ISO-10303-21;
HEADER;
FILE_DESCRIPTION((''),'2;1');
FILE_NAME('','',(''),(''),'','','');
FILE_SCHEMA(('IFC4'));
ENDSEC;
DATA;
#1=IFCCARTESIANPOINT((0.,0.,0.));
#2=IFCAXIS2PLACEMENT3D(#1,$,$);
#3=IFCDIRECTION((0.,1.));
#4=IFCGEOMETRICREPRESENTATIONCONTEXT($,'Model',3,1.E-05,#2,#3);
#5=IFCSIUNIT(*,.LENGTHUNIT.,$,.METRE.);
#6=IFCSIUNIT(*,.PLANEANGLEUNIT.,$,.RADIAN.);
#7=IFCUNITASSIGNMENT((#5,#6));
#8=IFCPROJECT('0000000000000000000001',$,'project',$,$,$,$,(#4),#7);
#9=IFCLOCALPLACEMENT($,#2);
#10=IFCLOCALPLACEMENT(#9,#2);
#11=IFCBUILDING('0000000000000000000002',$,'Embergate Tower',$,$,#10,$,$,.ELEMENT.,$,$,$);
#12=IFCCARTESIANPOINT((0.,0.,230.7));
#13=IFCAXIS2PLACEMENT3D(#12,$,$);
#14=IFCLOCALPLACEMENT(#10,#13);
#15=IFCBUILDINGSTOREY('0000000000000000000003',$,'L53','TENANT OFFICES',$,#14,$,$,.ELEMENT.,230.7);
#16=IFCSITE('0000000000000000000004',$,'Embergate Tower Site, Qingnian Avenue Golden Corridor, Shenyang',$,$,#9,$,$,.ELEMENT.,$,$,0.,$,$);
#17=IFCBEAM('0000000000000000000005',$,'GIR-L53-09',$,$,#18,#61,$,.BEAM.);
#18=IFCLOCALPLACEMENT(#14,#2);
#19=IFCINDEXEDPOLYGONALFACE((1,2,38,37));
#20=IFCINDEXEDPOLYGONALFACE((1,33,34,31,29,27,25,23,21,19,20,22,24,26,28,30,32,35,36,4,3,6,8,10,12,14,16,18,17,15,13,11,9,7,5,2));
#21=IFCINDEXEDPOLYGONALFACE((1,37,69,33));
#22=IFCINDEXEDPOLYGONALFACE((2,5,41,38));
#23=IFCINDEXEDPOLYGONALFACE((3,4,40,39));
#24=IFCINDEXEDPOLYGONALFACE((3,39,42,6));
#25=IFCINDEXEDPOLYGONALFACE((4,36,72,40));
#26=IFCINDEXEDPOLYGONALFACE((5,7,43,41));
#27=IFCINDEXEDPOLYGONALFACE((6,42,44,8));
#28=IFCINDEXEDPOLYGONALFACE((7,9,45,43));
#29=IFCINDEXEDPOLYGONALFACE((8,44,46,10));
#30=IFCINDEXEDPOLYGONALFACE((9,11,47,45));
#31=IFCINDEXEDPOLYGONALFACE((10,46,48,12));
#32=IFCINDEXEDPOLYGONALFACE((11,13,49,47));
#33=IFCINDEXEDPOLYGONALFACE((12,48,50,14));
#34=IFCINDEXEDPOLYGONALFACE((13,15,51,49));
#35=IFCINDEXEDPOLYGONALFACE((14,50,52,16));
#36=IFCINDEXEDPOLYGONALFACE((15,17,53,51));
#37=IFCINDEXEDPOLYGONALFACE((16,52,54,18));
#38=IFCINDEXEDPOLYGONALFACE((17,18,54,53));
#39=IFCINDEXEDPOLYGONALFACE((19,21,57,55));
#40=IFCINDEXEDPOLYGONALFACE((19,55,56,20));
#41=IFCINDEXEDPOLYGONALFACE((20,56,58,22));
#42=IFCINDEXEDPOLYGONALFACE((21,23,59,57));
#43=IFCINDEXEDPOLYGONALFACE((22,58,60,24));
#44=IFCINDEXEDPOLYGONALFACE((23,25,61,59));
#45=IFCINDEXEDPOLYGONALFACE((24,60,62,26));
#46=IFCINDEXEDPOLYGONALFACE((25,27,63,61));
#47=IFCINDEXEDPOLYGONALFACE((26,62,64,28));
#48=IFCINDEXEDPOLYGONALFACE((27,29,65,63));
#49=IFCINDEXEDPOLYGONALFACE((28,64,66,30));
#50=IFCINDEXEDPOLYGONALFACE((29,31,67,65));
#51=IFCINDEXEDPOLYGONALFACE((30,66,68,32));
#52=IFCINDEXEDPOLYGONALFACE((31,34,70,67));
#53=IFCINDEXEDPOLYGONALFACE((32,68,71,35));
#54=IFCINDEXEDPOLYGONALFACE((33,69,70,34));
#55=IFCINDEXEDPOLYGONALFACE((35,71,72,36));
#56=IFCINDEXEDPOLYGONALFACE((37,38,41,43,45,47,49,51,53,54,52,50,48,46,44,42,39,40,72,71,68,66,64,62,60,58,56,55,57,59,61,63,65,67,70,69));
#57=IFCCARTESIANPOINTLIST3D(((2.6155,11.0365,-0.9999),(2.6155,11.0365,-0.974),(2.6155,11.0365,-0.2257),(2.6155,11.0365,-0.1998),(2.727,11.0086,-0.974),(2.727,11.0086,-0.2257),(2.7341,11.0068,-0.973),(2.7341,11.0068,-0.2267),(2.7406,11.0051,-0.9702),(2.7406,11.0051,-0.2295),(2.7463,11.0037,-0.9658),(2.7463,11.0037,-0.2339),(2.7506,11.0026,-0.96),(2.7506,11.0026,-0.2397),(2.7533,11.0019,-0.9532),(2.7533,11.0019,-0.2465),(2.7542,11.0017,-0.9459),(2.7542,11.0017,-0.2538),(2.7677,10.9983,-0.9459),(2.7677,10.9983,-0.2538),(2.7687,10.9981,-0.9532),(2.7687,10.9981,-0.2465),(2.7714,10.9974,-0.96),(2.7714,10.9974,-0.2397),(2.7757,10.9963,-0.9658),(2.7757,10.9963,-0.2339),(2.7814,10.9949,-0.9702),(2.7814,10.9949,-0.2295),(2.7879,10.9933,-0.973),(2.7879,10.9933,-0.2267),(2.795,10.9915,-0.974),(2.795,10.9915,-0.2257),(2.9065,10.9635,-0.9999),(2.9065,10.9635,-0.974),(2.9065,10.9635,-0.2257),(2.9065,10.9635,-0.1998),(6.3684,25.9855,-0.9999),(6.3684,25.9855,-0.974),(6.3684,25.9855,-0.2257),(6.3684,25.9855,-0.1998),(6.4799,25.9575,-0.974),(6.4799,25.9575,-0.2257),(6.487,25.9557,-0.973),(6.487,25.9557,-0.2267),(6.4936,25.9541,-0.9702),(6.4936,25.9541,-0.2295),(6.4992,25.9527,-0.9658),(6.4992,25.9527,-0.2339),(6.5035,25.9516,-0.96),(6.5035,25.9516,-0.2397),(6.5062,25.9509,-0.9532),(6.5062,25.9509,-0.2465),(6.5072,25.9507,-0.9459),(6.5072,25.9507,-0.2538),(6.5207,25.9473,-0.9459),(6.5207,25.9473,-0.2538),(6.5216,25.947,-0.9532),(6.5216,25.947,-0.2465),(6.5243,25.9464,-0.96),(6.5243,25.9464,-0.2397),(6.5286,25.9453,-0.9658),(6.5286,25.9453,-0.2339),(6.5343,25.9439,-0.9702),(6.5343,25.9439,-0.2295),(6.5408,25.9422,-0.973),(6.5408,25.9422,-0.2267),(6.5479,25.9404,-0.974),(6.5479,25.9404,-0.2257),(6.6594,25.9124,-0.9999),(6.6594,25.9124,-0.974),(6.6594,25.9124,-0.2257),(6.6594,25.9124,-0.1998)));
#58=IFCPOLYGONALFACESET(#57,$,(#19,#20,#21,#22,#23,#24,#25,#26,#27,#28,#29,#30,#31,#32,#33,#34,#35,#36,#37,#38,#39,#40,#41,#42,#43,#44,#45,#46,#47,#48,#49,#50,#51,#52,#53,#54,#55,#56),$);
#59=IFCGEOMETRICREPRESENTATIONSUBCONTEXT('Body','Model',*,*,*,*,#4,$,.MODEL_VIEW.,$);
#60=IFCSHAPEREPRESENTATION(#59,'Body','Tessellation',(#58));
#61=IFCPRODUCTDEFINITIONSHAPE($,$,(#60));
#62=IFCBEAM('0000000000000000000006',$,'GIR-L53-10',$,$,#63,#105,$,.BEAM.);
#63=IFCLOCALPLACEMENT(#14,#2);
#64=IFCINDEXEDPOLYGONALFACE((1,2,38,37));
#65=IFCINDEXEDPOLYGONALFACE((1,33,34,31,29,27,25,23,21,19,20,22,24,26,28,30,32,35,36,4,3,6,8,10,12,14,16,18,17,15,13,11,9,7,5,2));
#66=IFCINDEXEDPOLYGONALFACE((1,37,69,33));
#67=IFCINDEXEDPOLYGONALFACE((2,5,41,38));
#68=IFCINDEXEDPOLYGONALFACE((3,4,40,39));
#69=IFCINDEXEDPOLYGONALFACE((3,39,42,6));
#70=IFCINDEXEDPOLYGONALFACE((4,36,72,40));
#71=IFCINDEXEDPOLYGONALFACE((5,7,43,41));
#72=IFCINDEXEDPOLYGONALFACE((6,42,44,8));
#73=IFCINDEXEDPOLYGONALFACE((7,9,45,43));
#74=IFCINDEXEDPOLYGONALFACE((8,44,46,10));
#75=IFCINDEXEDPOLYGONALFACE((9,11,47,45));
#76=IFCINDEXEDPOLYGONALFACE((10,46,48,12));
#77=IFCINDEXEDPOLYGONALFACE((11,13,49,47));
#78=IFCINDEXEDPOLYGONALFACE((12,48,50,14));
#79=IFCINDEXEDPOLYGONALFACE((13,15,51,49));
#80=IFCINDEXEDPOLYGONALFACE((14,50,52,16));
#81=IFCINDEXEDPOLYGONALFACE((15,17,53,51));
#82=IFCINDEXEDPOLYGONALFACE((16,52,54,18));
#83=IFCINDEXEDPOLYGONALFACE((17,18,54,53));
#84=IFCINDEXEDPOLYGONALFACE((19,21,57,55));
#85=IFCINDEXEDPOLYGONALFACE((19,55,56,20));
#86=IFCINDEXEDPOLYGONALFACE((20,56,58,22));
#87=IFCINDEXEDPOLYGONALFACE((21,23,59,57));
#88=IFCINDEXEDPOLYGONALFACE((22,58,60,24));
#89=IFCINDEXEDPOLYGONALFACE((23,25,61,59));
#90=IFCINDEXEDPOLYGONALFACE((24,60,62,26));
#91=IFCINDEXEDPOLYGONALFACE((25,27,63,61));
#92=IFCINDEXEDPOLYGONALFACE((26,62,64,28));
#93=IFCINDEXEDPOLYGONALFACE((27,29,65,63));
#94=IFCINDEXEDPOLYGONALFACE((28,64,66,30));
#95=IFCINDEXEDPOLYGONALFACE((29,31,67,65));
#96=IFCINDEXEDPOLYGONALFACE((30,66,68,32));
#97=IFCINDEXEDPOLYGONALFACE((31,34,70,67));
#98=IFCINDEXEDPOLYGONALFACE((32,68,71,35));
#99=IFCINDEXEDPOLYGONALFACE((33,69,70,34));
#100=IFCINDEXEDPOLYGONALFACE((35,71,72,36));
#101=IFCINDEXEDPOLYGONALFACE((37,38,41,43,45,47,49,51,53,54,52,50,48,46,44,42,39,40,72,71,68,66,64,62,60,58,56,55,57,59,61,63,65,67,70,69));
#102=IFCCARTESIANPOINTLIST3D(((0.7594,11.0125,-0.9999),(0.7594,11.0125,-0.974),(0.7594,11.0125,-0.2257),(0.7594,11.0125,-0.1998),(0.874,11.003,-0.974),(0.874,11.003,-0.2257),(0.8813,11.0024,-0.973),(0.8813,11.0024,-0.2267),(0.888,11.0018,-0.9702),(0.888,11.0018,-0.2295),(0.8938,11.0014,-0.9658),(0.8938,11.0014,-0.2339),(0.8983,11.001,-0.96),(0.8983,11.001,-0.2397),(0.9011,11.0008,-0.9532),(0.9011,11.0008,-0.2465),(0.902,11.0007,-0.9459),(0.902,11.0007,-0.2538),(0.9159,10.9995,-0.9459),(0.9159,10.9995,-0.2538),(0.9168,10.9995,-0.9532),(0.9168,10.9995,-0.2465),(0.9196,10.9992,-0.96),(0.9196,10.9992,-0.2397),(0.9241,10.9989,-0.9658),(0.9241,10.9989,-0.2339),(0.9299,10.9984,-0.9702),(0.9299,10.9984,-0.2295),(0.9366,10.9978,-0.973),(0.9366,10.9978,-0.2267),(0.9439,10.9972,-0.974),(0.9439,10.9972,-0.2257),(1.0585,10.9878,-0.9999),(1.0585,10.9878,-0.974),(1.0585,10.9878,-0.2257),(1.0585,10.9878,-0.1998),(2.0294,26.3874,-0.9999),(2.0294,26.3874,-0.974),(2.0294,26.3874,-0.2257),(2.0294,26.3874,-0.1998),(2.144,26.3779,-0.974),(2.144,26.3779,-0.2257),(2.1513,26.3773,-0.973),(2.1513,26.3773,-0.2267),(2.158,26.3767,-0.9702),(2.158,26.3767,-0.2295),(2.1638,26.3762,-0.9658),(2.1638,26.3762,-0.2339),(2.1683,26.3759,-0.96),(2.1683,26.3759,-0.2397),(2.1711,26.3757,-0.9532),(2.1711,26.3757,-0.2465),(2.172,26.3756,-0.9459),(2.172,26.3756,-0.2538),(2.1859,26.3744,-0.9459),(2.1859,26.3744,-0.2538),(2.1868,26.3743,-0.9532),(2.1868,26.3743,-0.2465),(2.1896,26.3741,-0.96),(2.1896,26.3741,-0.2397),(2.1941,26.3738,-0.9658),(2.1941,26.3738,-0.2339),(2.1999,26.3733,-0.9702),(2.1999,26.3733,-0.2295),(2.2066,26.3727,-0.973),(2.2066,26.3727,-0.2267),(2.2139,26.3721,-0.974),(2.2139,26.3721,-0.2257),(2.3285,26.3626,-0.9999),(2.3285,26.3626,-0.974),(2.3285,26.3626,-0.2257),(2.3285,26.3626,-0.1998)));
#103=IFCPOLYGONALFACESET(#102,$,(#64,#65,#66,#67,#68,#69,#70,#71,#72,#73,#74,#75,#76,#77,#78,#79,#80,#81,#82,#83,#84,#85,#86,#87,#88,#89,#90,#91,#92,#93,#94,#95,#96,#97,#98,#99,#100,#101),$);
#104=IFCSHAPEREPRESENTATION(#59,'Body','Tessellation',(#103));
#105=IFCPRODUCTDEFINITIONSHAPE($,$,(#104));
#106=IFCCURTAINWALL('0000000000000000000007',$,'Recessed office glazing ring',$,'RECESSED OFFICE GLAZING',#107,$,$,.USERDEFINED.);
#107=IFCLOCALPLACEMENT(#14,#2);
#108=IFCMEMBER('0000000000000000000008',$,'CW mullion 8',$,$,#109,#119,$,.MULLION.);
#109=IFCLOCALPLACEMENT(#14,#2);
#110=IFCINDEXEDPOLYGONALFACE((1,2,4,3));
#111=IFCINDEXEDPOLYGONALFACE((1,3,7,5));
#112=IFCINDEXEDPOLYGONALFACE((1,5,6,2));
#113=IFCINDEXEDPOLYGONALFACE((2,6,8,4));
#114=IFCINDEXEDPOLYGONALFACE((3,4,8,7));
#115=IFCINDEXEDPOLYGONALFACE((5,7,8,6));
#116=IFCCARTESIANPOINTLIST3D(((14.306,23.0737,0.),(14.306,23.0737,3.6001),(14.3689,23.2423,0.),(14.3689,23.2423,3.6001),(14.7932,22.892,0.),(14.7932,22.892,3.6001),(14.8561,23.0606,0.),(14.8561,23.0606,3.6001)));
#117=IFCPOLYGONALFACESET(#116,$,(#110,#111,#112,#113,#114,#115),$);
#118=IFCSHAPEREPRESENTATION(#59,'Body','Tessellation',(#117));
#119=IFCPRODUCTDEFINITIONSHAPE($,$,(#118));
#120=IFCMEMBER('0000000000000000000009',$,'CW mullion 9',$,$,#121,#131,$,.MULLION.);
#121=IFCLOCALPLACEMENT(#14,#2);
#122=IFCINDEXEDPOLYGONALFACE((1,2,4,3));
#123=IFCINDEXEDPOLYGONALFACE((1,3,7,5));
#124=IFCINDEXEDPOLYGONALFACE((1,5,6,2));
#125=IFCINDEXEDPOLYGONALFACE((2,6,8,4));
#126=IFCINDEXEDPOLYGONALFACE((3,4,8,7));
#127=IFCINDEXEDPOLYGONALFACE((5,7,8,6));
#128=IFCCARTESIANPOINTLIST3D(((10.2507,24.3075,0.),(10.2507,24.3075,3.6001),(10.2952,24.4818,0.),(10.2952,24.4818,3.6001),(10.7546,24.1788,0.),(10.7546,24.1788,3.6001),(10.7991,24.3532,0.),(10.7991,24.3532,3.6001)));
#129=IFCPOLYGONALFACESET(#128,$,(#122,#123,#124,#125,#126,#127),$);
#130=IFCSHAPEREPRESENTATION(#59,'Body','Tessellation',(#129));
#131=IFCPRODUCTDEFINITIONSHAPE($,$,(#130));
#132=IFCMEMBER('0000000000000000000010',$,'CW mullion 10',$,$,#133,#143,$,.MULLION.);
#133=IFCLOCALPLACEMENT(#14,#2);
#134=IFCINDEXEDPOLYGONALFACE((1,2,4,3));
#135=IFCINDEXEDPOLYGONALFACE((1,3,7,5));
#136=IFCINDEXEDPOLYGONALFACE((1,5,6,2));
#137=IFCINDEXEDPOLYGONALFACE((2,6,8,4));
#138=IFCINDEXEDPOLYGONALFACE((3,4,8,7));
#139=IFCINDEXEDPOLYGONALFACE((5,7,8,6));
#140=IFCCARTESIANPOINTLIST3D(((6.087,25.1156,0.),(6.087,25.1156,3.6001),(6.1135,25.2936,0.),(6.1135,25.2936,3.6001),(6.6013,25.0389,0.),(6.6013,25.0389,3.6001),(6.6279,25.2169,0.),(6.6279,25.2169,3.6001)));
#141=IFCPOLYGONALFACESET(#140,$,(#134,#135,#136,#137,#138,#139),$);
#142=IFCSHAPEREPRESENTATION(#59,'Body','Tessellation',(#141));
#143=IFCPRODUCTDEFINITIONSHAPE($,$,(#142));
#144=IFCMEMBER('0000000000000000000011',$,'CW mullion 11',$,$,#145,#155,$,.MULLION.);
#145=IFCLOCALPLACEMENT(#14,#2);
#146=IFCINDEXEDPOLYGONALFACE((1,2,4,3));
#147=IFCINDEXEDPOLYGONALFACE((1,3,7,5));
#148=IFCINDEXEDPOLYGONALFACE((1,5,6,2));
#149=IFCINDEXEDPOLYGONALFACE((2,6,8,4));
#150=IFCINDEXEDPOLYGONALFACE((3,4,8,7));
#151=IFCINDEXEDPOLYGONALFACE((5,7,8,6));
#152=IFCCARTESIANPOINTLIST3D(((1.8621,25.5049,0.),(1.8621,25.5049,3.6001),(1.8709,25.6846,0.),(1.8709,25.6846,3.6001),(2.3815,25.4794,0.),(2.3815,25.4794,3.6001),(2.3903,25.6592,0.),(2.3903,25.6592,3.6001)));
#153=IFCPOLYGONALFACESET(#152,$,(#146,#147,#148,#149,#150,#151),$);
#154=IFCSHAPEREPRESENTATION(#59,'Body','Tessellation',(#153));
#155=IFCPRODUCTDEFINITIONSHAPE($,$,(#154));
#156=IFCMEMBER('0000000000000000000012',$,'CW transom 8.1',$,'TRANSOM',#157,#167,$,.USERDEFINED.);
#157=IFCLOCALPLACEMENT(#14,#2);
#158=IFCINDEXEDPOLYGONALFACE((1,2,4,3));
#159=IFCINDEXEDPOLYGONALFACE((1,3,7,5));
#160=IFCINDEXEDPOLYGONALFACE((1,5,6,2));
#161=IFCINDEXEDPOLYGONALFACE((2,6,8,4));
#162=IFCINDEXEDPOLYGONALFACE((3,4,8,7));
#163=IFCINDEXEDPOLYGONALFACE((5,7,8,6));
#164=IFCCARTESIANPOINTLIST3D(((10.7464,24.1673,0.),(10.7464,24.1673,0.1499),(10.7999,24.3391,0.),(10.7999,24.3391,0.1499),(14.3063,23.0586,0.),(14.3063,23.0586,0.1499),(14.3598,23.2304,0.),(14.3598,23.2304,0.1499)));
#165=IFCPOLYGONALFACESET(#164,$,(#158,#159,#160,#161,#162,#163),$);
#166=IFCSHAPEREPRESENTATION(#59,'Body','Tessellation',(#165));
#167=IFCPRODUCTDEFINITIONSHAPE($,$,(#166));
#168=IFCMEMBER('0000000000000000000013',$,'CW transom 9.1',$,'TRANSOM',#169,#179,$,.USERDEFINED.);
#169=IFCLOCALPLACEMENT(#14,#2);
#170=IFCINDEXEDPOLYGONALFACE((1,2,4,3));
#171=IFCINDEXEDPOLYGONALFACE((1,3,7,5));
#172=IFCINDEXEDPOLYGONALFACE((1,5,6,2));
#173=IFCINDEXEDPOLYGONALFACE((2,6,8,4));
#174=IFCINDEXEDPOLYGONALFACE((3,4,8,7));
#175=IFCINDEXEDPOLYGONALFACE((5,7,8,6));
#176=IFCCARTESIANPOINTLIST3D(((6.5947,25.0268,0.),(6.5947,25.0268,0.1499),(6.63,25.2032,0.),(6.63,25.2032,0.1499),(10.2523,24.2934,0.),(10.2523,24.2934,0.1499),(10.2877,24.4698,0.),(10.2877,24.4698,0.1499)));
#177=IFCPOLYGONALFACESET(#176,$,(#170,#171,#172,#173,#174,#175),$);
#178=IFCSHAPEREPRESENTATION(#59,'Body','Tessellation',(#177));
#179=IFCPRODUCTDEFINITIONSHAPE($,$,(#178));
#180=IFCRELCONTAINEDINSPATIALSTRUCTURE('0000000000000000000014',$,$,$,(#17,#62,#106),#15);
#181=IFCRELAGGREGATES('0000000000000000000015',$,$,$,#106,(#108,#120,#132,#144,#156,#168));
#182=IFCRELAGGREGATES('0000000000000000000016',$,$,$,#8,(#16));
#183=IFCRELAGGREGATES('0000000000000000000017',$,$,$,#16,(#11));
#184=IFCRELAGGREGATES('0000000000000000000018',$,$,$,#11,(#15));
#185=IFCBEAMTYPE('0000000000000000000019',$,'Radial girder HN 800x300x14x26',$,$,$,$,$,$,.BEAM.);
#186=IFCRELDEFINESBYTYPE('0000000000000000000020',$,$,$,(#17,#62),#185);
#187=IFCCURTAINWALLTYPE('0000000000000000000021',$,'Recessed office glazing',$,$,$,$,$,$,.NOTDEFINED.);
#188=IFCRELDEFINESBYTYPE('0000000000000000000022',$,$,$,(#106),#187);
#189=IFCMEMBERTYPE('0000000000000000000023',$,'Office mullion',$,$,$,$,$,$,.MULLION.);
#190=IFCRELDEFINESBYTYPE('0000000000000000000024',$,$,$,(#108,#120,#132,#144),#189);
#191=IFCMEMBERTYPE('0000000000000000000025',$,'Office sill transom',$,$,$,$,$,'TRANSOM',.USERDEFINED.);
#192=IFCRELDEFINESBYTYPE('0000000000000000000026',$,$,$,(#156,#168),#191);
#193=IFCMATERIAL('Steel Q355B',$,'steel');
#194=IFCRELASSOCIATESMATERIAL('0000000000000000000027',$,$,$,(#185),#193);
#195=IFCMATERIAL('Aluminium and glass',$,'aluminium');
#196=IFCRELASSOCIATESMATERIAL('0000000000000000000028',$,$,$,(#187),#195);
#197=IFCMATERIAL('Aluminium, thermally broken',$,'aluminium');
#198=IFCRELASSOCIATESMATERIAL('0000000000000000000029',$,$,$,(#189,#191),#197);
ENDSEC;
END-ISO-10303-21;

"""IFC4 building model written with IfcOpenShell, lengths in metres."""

from ifc_helpers import new_model, si_unit, direction, frame, origin, origin_2d, place, context, subcontext, project, spatial, rectangle, i_section, extrude, source, transform, mapped, material, material_profile, profile_set, type_object, element, aggregate, save


model = new_model("IFC4")

# Units and contexts
model_context = context("Model", 3, precision=1e-05, world=origin(), true_north=direction((0.0, 1.0)))
body_context = subcontext(model_context, "Body", "Model", "MODEL_VIEW")
ifc_project = project(units=[si_unit("LENGTHUNIT", "METRE"), si_unit("PLANEANGLEUNIT", "RADIAN")], contexts=[model_context])

# Site, building, storey
site_placement = place(None, origin())
site = spatial("IfcSite", under=ifc_project, at=site_placement, Name="Embergate Tower Site, Qingnian Avenue Golden Corridor, Shenyang", CompositionType="ELEMENT", RefElevation=0.0)
building_placement = place(site_placement, origin())
building = spatial("IfcBuilding", under=site, at=building_placement, Name="Embergate Tower", CompositionType="ELEMENT")
storey_placement = place(building_placement, frame((0.0, 0.0, 230.7)))
storey = spatial("IfcBuildingStorey", under=building, at=storey_placement, Name="L53", Description="TENANT OFFICES", CompositionType="ELEMENT", Elevation=230.7)

# Beams
ifc_material_1 = material(Name="Steel Q355B", Category="steel")
ifc_material_profile_1 = material_profile(ifc_material_1, i_section(OverallWidth=0.3, OverallDepth=0.8, WebThickness=0.0139, FlangeThickness=0.0259, FilletRadius=0.0281, at=origin_2d()), Name="HN 800x300x14x26")
ifc_profile_set_1 = profile_set([ifc_material_profile_1], Name="Steel Q355 grade B")
beam_type_1 = type_object("IfcBeamType", Name="Radial girder HN 800x300x14x26", PredefinedType="BEAM", material=ifc_profile_set_1)
shared_shape_1 = source(origin(), body_context, "Body", "SweptSolid", [
    extrude(i_section(OverallWidth=0.3, OverallDepth=0.8, WebThickness=0.0139, FlangeThickness=0.0259, FilletRadius=0.0281, at=origin_2d()), origin(), (0.0, 0.0, 1.0), 15.4128),
])
beam_1_placement = place(storey_placement, frame((6.5139, 25.949, -0.5999), z_axis=(-0.243493, -0.969903, 0.0), x_axis=(0.969903, -0.243493, 0.0)))
element("IfcBeam", 1, at=beam_1_placement, inside=storey, type_object=beam_type_1, Name="GIR-L53-09", PredefinedType="BEAM", context=body_context, shape_type="MappedRepresentation", body=[
    mapped(shared_shape_1, transform((0.0, 0.0, 0.0))),
])
shared_shape_2 = source(origin(), body_context, "Body", "SweptSolid", [
    extrude(i_section(OverallWidth=0.3, OverallDepth=0.8, WebThickness=0.0139, FlangeThickness=0.0259, FilletRadius=0.0281, at=origin_2d()), origin(), (0.0, 0.0, 1.0), 15.4272),
])
beam_2_placement = place(storey_placement, frame((2.179, 26.375, -0.5999), z_axis=(-0.082323, -0.996606, 0.0), x_axis=(0.996606, -0.082323, 0.0)))
element("IfcBeam", 2, at=beam_2_placement, inside=storey, type_object=beam_type_1, Name="GIR-L53-10", PredefinedType="BEAM", context=body_context, shape_type="MappedRepresentation", body=[
    mapped(shared_shape_2, transform((0.0, 0.0, 0.0))),
])

# Curtain wall, members
ifc_material_2 = material(Name="Aluminium and glass", Category="aluminium")
curtain_wall_type = type_object("IfcCurtainWallType", Name="Recessed office glazing", PredefinedType="NOTDEFINED", material=ifc_material_2)
curtain_wall_placement = place(storey_placement, origin())
curtain_wall = element("IfcCurtainWall", 3, at=curtain_wall_placement, inside=storey, type_object=curtain_wall_type, Name="Recessed office glazing ring", ObjectType="RECESSED OFFICE GLAZING", PredefinedType="USERDEFINED")
ifc_material_3 = material(Name="Aluminium, thermally broken", Category="aluminium")
ifc_material_profile_2 = material_profile(ifc_material_3, rectangle(XDim=0.1799, YDim=0.52, at=origin_2d()), Name="AL 520x180")
ifc_profile_set_2 = profile_set([ifc_material_profile_2], Name="Aluminium, thermally broken")
member_type_1 = type_object("IfcMemberType", Name="Office mullion", PredefinedType="MULLION", material=ifc_profile_set_2)
shared_shape_3 = source(origin(), body_context, "Body", "SweptSolid", [
    extrude(rectangle(XDim=0.1799, YDim=0.52, at=origin_2d()), origin(), (0.0, 0.0, 1.0), 3.6001),
])
member_1_placement = place(storey_placement, frame((14.5811, 23.0671, 0.0), z_axis=(0.0, 0.0, 1.0), x_axis=(-0.349493, -0.936939, 0.0)))
member_1 = element("IfcMember", 4, at=member_1_placement, type_object=member_type_1, Name="CW mullion 8", PredefinedType="MULLION", context=body_context, shape_type="MappedRepresentation", body=[
    mapped(shared_shape_3, transform((0.0, 0.0, 0.0))),
])
member_2_placement = place(storey_placement, frame((10.5249, 24.3303, 0.0), z_axis=(0.0, 0.0, 1.0), x_axis=(-0.247305, -0.968938, 0.0)))
member_2 = element("IfcMember", 5, at=member_2_placement, type_object=member_type_1, Name="CW mullion 9", PredefinedType="MULLION", context=body_context, shape_type="MappedRepresentation", body=[
    mapped(shared_shape_3, transform((0.0, 0.0, 0.0))),
])
member_3_placement = place(storey_placement, frame((6.3574, 25.1663, 0.0), z_axis=(0.0, 0.0, 1.0), x_axis=(-0.147407, -0.989076, 0.0)))
member_3 = element("IfcMember", 6, at=member_3_placement, type_object=member_type_1, Name="CW mullion 10", PredefinedType="MULLION", context=body_context, shape_type="MappedRepresentation", body=[
    mapped(shared_shape_3, transform((0.0, 0.0, 0.0))),
])
member_4_placement = place(storey_placement, frame((2.1262, 25.582, 0.0), z_axis=(0.0, 0.0, 1.0), x_axis=(-0.04897, -0.9988, 0.0)))
member_4 = element("IfcMember", 7, at=member_4_placement, type_object=member_type_1, Name="CW mullion 11", PredefinedType="MULLION", context=body_context, shape_type="MappedRepresentation", body=[
    mapped(shared_shape_3, transform((0.0, 0.0, 0.0))),
])
ifc_material_profile_3 = material_profile(ifc_material_3, rectangle(XDim=0.1799, YDim=0.1499, at=origin_2d()), Name="AL 150x180")
ifc_profile_set_3 = profile_set([ifc_material_profile_3], Name="Aluminium, thermally broken")
member_type_2 = type_object("IfcMemberType", Name="Office sill transom", ElementType="TRANSOM", PredefinedType="USERDEFINED", material=ifc_profile_set_3)
shared_shape_4 = source(origin(), body_context, "Body", "SweptSolid", [
    extrude(rectangle(XDim=0.1799, YDim=0.1499, at=origin_2d()), origin(), (0.0, 0.0, 1.0), 3.7285),
])
member_5_placement = place(storey_placement, frame((14.333, 23.1445, 0.075), z_axis=(-0.95477, 0.297346, 0.0), x_axis=(-0.297346, -0.95477, 0.0)))
member_5 = element("IfcMember", 8, at=member_5_placement, type_object=member_type_2, Name="CW transom 8.1", ObjectType="TRANSOM", PredefinedType="USERDEFINED", context=body_context, shape_type="MappedRepresentation", body=[
    mapped(shared_shape_4, transform((0.0, 0.0, 0.0))),
])
shared_shape_5 = source(origin(), body_context, "Body", "SweptSolid", [
    extrude(rectangle(XDim=0.1799, YDim=0.1499, at=origin_2d()), origin(), (0.0, 0.0, 1.0), 3.7305),
])
member_6_placement = place(storey_placement, frame((10.27, 24.3816, 0.075), z_axis=(-0.980485, 0.196594, 0.0), x_axis=(-0.196594, -0.980485, 0.0)))
member_6 = element("IfcMember", 9, at=member_6_placement, type_object=member_type_2, Name="CW transom 9.1", ObjectType="TRANSOM", PredefinedType="USERDEFINED", context=body_context, shape_type="MappedRepresentation", body=[
    mapped(shared_shape_5, transform((0.0, 0.0, 0.0))),
])
aggregate(curtain_wall, [member_1, member_2, member_3, member_4, member_5, member_6])

save(model, "model.ifc")
